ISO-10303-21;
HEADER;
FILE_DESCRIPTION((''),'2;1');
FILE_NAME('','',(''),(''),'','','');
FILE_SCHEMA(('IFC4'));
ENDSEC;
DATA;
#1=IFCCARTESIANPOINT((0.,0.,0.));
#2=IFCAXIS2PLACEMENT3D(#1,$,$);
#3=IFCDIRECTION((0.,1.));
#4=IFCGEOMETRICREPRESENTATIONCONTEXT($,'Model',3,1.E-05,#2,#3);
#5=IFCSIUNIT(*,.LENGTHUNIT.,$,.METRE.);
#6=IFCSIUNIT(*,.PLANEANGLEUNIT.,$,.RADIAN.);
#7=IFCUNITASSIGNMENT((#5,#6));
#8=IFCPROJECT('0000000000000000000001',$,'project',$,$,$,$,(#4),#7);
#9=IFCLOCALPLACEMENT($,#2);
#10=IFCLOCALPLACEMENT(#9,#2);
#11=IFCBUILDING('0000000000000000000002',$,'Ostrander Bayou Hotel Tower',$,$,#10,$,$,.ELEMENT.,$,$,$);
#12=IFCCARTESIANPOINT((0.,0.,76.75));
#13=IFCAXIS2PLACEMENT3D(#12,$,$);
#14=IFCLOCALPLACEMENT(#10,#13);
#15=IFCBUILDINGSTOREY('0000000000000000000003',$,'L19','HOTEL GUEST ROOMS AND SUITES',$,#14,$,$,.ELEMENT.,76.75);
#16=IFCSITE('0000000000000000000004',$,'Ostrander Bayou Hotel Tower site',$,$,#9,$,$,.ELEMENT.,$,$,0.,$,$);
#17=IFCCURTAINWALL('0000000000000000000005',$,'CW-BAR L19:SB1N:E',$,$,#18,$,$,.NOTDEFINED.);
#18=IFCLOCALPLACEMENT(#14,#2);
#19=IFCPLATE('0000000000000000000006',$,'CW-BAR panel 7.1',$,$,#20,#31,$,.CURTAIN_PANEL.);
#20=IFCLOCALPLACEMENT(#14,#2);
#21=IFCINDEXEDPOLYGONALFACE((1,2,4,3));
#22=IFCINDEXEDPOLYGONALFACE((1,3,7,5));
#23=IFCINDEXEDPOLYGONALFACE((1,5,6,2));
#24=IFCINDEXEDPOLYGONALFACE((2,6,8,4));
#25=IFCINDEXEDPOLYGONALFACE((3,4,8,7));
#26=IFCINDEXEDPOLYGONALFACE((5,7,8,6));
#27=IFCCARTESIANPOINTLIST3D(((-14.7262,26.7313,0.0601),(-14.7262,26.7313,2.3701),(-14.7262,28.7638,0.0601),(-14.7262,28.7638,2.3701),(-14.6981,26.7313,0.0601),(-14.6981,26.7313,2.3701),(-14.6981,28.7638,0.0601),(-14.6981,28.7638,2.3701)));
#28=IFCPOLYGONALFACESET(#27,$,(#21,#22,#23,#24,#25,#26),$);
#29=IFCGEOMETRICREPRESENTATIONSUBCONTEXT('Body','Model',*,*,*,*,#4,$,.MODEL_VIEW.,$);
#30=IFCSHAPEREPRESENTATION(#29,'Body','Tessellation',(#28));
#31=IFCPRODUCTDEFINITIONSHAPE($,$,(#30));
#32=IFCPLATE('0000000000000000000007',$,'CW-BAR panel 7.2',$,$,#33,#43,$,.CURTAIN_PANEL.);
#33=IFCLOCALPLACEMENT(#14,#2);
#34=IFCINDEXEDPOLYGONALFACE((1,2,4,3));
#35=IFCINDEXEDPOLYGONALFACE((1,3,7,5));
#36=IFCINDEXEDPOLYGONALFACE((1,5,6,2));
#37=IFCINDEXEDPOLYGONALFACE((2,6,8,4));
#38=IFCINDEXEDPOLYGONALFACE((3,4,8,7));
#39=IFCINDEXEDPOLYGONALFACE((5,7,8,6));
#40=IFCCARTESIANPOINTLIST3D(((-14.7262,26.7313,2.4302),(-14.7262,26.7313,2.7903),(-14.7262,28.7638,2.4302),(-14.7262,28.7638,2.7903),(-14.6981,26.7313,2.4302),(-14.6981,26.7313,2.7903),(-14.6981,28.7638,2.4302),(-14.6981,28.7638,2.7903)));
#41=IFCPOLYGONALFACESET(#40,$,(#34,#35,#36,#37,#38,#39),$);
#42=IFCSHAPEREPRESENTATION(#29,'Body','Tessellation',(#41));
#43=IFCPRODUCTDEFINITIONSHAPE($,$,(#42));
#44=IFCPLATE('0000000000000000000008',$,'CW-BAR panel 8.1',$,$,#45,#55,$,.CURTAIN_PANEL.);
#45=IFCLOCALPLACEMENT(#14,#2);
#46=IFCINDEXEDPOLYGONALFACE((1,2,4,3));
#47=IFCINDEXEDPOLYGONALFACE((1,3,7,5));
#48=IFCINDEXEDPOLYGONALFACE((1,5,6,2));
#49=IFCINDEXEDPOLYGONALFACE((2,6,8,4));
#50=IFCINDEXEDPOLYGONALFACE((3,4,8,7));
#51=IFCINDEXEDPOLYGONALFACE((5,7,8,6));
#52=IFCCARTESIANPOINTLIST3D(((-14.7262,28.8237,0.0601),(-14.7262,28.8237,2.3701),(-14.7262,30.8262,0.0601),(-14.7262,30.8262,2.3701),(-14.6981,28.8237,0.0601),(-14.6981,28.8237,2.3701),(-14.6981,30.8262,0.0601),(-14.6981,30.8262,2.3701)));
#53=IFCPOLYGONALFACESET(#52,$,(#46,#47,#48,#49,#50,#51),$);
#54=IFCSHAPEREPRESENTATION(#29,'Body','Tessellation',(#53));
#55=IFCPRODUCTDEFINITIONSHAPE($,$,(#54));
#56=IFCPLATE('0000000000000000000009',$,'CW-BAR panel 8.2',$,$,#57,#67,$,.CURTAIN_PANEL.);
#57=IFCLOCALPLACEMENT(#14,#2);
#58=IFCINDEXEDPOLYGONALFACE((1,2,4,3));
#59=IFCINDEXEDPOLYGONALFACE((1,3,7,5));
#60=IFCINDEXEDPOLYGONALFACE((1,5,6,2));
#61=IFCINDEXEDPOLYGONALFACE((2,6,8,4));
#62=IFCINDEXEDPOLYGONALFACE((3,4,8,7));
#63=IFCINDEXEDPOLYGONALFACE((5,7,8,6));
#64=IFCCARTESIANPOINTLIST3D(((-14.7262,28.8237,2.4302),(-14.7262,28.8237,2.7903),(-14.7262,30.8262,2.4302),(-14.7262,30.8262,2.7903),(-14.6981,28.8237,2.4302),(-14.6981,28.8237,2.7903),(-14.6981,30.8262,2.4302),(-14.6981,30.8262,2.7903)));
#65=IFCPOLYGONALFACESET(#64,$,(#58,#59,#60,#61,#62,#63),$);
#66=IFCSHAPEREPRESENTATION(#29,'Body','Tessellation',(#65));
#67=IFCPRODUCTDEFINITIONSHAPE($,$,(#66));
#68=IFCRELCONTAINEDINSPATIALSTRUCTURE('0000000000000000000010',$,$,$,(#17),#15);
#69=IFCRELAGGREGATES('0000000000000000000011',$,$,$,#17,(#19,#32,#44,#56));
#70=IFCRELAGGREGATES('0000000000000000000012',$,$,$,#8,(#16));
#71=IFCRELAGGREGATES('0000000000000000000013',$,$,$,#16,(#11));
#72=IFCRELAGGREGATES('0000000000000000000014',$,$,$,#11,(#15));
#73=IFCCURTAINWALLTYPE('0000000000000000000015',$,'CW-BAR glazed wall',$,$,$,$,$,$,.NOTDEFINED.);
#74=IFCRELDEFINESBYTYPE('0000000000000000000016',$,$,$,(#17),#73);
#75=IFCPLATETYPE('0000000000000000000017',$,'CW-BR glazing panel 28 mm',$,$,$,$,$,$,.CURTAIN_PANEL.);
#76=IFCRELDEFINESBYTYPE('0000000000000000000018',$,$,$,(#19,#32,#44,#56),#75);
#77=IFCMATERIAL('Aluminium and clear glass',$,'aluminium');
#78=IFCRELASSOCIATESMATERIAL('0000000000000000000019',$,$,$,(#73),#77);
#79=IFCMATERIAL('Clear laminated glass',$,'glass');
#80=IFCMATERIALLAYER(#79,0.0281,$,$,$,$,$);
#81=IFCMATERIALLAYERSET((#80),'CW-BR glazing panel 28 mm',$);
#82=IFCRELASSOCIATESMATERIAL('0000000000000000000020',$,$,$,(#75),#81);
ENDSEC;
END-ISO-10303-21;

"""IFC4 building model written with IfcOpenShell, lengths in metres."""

from ifc_helpers import new_model, si_unit, direction, frame, origin, origin_2d, place, context, subcontext, project, spatial, rectangle, extrude, material, layer, layer_set, type_object, element, aggregate, save


model = new_model("IFC4")

# Units and contexts
model_context = context("Model", 3, precision=1e-05, world=origin(), true_north=direction((0.0, 1.0)))
body_context = subcontext(model_context, "Body", "Model", "MODEL_VIEW")
ifc_project = project(units=[si_unit("LENGTHUNIT", "METRE"), si_unit("PLANEANGLEUNIT", "RADIAN")], contexts=[model_context])

# Site, building, storey
site_placement = place(None, origin())
site = spatial("IfcSite", under=ifc_project, at=site_placement, Name="Ostrander Bayou Hotel Tower site", CompositionType="ELEMENT", RefElevation=0.0)
building_placement = place(site_placement, origin())
building = spatial("IfcBuilding", under=site, at=building_placement, Name="Ostrander Bayou Hotel Tower", CompositionType="ELEMENT")
storey_placement = place(building_placement, frame((0.0, 0.0, 76.75)))
storey = spatial("IfcBuildingStorey", under=building, at=storey_placement, Name="L19", Description="HOTEL GUEST ROOMS AND SUITES", CompositionType="ELEMENT", Elevation=76.75)

# Curtain wall
ifc_material_1 = material(Name="Aluminium and clear glass", Category="aluminium")
curtain_wall_type = type_object("IfcCurtainWallType", Name="CW-BAR glazed wall", PredefinedType="NOTDEFINED", material=ifc_material_1)
curtain_wall_1_placement = place(storey_placement, origin())
curtain_wall_1 = element("IfcCurtainWall", 1, at=curtain_wall_1_placement, inside=storey, type_object=curtain_wall_type, Name="CW-BAR L19:SB1N:E", PredefinedType="NOTDEFINED")

# Plates
ifc_material_2 = material(Name="Clear laminated glass", Category="glass")
ifc_layer_1 = layer(ifc_material_2, 0.0281)
ifc_layer_set_1 = layer_set([ifc_layer_1], Name="CW-BR glazing panel 28 mm")
plate_type = type_object("IfcPlateType", Name="CW-BR glazing panel 28 mm", PredefinedType="CURTAIN_PANEL", material=ifc_layer_set_1)
plate_1_placement = place(storey_placement, frame((-14.7122, 27.7476, 0.0601), z_axis=(0.0, 0.0, 1.0), x_axis=(0.0, 1.0, 0.0)))
plate_1 = element("IfcPlate", 2, at=plate_1_placement, type_object=plate_type, Name="CW-BAR panel 7.1", PredefinedType="CURTAIN_PANEL", context=body_context, shape_type="SweptSolid", body=[
    extrude(rectangle(XDim=2.0325, YDim=0.0281, at=origin_2d()), origin(), (0.0, 0.0, 1.0), 2.3101),
])
plate_2_placement = place(storey_placement, frame((-14.7122, 27.7476, 2.4302), z_axis=(0.0, 0.0, 1.0), x_axis=(0.0, 1.0, 0.0)))
plate_2 = element("IfcPlate", 3, at=plate_2_placement, type_object=plate_type, Name="CW-BAR panel 7.2", PredefinedType="CURTAIN_PANEL", context=body_context, shape_type="SweptSolid", body=[
    extrude(rectangle(XDim=2.0325, YDim=0.0281, at=origin_2d()), origin(), (0.0, 0.0, 1.0), 0.3601),
])
plate_3_placement = place(storey_placement, frame((-14.7122, 29.825, 0.0601), z_axis=(0.0, 0.0, 1.0), x_axis=(0.0, 1.0, 0.0)))
plate_3 = element("IfcPlate", 4, at=plate_3_placement, type_object=plate_type, Name="CW-BAR panel 8.1", PredefinedType="CURTAIN_PANEL", context=body_context, shape_type="SweptSolid", body=[
    extrude(rectangle(XDim=2.0024, YDim=0.0281, at=origin_2d()), origin(), (0.0, 0.0, 1.0), 2.3101),
])
plate_4_placement = place(storey_placement, frame((-14.7122, 29.825, 2.4302), z_axis=(0.0, 0.0, 1.0), x_axis=(0.0, 1.0, 0.0)))
plate_4 = element("IfcPlate", 5, at=plate_4_placement, type_object=plate_type, Name="CW-BAR panel 8.2", PredefinedType="CURTAIN_PANEL", context=body_context, shape_type="SweptSolid", body=[
    extrude(rectangle(XDim=2.0024, YDim=0.0281, at=origin_2d()), origin(), (0.0, 0.0, 1.0), 0.3601),
])
aggregate(curtain_wall_1, [plate_1, plate_2, plate_3, plate_4])

save(model, "model.ifc")
